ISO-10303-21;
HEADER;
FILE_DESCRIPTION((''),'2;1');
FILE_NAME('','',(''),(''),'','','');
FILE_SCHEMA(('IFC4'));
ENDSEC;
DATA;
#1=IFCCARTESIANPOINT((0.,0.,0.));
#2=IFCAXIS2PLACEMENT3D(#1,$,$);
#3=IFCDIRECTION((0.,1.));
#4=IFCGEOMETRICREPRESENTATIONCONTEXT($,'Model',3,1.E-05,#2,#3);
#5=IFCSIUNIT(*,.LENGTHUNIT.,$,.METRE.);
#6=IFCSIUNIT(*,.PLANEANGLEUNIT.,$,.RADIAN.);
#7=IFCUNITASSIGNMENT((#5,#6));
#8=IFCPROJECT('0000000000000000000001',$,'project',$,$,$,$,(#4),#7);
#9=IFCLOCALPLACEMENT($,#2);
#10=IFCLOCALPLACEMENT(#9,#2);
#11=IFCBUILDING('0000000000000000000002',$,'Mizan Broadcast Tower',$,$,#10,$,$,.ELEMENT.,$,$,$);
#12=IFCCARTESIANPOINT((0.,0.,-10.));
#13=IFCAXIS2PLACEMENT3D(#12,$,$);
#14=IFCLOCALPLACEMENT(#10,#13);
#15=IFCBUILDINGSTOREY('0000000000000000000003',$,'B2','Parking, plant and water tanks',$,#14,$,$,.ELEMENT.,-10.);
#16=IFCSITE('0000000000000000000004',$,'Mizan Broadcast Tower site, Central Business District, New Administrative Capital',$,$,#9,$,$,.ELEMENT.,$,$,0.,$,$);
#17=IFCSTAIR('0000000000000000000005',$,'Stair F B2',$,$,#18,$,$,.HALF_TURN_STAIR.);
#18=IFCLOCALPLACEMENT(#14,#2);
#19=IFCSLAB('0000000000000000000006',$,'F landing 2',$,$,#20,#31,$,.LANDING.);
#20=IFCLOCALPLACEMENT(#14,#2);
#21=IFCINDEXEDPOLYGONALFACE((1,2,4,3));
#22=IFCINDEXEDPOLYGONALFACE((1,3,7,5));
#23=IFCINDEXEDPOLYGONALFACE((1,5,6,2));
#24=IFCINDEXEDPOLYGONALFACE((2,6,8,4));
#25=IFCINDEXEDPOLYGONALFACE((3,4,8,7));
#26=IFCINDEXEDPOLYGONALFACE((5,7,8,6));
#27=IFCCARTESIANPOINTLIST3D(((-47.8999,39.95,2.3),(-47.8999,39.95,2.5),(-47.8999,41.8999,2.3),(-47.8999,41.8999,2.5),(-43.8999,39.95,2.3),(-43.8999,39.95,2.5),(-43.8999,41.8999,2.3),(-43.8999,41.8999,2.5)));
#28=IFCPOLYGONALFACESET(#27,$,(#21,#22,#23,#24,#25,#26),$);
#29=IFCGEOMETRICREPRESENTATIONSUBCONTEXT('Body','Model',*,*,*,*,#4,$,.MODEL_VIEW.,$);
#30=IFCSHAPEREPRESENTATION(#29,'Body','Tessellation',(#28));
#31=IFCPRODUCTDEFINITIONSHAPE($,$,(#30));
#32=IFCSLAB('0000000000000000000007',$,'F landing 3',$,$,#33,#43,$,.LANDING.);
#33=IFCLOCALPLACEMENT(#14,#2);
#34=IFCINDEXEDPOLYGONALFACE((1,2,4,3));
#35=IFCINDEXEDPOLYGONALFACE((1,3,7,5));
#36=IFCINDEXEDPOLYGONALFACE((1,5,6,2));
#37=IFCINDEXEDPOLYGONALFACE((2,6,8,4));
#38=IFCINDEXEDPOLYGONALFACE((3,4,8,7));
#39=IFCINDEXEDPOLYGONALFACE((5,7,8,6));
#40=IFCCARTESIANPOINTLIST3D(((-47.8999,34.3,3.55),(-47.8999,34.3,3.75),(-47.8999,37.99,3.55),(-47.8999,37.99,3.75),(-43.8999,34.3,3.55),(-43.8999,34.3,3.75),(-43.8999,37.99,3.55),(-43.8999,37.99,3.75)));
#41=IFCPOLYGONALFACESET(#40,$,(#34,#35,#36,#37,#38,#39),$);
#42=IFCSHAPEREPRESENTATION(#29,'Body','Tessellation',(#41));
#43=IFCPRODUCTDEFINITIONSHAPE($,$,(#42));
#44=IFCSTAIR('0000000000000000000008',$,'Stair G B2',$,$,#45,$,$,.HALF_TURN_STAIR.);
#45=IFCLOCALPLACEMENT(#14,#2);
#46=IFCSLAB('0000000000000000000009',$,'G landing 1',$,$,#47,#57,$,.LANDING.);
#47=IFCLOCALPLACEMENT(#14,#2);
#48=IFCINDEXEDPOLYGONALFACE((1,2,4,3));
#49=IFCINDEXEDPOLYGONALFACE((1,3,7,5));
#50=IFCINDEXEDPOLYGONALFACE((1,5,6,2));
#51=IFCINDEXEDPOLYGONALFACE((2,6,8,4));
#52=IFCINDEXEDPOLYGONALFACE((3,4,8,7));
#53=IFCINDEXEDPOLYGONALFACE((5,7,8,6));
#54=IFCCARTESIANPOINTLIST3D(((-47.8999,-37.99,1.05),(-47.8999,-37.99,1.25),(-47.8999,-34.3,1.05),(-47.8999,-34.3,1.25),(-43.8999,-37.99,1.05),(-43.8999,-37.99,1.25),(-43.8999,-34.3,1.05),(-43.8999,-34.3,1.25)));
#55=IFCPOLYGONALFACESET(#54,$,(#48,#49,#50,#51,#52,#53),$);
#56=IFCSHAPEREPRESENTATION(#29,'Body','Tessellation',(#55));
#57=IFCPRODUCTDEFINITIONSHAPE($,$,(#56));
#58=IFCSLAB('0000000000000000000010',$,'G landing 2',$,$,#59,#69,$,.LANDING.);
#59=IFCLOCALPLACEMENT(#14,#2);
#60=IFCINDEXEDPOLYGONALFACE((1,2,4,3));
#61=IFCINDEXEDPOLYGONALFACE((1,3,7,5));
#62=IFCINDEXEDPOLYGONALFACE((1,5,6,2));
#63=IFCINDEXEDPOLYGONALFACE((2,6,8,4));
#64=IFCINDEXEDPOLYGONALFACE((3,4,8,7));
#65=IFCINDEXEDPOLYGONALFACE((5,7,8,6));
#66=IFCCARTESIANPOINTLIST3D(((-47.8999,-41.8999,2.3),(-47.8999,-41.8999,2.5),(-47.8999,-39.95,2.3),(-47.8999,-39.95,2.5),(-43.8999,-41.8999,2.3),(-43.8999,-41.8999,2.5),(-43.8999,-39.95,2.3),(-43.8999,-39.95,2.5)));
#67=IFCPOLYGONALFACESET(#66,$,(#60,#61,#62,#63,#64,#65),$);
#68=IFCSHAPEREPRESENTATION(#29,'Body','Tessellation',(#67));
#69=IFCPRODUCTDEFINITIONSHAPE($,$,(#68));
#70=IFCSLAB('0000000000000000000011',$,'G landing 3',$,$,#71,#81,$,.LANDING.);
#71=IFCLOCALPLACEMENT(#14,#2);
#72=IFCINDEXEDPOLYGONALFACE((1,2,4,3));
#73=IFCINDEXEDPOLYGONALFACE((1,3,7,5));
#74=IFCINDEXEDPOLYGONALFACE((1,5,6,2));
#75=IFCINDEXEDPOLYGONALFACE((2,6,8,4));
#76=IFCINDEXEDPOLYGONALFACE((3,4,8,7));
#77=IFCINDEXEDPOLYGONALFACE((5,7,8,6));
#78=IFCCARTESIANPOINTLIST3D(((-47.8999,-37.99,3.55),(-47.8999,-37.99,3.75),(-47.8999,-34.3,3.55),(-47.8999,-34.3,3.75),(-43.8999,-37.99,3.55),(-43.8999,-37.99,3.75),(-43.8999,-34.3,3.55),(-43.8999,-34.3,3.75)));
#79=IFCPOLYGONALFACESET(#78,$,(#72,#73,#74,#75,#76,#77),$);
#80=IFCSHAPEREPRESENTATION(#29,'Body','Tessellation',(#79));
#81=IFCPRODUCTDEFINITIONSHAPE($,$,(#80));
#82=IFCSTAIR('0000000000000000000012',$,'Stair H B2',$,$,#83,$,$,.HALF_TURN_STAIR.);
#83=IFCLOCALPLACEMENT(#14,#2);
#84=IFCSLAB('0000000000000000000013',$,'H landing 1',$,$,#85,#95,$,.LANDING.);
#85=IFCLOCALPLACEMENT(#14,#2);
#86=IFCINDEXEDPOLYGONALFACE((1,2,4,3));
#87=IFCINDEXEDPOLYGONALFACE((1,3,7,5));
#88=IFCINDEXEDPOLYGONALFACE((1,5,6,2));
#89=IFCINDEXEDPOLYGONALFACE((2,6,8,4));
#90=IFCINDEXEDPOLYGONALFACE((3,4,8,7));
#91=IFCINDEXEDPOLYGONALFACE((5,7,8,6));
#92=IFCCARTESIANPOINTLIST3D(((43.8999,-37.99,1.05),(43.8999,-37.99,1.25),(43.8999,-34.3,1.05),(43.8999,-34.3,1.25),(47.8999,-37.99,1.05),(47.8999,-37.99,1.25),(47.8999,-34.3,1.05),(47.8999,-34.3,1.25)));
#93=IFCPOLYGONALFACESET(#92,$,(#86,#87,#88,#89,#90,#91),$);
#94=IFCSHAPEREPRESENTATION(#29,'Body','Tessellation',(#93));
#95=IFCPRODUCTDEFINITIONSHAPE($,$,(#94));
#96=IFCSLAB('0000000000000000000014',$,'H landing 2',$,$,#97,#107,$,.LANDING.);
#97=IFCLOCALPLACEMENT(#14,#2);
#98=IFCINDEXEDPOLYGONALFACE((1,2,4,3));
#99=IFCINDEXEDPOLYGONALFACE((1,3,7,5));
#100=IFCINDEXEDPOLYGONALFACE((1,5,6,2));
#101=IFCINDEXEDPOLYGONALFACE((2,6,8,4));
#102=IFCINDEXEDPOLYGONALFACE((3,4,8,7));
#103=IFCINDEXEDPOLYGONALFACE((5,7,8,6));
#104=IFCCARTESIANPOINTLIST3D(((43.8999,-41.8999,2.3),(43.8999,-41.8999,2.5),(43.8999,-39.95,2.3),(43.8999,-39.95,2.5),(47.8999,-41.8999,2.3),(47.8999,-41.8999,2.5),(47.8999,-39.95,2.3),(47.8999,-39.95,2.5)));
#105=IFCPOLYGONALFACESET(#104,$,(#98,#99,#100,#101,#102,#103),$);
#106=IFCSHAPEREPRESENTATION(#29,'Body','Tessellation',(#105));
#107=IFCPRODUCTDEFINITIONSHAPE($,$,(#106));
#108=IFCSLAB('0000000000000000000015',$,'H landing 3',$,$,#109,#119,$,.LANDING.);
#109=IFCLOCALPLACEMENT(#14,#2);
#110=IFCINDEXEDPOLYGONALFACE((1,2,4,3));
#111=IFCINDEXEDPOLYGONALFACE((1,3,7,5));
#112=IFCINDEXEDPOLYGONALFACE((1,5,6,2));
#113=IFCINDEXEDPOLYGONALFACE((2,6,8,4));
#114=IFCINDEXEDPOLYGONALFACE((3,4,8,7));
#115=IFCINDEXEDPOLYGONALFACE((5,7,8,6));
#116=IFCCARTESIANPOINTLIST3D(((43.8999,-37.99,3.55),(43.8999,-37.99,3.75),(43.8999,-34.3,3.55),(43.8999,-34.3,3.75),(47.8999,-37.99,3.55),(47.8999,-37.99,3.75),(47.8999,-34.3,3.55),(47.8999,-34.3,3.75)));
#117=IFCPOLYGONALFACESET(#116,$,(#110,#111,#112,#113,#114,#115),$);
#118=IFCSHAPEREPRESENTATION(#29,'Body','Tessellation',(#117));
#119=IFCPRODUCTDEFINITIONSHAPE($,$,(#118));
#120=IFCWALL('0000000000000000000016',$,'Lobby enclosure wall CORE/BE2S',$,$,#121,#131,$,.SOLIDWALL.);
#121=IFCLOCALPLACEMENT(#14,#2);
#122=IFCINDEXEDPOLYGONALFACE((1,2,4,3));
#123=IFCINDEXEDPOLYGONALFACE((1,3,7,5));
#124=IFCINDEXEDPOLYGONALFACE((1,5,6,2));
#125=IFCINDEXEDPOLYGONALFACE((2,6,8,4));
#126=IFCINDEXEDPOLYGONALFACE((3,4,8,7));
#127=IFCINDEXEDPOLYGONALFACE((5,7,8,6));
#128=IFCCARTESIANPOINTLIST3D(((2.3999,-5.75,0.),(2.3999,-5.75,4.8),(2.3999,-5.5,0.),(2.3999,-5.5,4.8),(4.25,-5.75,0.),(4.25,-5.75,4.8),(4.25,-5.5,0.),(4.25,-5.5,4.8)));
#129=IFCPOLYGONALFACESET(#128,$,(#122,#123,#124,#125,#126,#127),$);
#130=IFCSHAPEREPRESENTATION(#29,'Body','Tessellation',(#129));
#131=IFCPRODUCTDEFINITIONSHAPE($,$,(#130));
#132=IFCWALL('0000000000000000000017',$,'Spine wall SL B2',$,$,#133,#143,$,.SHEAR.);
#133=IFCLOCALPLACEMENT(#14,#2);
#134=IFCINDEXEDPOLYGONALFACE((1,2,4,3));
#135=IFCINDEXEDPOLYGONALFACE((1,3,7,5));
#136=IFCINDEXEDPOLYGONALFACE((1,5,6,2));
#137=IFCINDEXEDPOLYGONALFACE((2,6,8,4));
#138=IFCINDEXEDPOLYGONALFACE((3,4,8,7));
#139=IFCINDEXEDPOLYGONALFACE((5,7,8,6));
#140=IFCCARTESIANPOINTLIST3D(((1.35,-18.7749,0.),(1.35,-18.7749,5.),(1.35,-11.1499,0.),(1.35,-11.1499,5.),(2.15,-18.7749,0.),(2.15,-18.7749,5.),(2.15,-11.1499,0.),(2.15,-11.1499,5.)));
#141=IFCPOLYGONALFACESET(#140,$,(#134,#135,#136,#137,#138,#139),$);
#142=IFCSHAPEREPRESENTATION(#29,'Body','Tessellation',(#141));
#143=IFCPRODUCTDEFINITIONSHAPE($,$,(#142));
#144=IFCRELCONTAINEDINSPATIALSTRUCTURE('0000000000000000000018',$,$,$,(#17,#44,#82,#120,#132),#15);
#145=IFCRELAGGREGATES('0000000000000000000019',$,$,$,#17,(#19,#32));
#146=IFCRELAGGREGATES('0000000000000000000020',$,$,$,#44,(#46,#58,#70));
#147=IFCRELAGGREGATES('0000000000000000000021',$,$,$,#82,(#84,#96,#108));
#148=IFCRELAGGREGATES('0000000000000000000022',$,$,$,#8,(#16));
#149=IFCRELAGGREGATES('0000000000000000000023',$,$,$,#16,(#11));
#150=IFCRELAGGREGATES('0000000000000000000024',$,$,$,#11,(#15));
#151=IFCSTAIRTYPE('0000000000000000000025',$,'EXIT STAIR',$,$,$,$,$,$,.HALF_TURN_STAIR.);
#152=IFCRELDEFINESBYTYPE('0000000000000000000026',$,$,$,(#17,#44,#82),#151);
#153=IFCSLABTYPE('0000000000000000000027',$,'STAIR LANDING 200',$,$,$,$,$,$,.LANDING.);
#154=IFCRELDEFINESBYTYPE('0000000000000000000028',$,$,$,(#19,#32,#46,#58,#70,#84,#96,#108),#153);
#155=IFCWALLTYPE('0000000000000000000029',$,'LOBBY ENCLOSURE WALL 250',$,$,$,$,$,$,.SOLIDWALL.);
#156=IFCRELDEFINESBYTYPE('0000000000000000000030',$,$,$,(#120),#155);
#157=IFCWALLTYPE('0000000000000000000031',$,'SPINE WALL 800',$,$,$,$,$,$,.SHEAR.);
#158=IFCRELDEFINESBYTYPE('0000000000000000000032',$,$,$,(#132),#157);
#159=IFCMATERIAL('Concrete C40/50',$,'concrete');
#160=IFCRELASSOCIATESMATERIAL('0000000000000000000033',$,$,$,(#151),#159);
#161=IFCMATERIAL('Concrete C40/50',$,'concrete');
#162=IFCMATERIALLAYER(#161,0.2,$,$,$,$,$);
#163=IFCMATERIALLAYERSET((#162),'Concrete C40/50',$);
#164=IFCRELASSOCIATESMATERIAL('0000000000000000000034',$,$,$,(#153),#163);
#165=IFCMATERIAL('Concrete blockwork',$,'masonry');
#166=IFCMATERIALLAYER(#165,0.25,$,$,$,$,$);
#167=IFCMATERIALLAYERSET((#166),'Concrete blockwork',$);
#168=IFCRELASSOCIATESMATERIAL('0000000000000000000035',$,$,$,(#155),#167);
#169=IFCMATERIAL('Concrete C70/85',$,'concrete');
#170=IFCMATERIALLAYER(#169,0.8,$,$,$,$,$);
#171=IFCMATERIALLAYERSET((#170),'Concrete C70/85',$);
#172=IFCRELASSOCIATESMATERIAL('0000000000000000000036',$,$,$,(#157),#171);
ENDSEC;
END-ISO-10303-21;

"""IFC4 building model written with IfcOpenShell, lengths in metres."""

from ifc_helpers import new_model, si_unit, direction, frame, frame_2d, origin, place, context, subcontext, project, spatial, polyline, rectangle, outline, extrude, material, layer, layer_set, type_object, element, aggregate, save


model = new_model("IFC4")

# Units and contexts
model_context = context("Model", 3, precision=1e-05, world=origin(), true_north=direction((0.0, 1.0)))
body_context = subcontext(model_context, "Body", "Model", "MODEL_VIEW")
ifc_project = project(units=[si_unit("LENGTHUNIT", "METRE"), si_unit("PLANEANGLEUNIT", "RADIAN")], contexts=[model_context])

# Site, building, storey
site_placement = place(None, origin())
site = spatial("IfcSite", under=ifc_project, at=site_placement, Name="Mizan Broadcast Tower site, Central Business District, New Administrative Capital", CompositionType="ELEMENT", RefElevation=0.0)
building_placement = place(site_placement, origin())
building = spatial("IfcBuilding", under=site, at=building_placement, Name="Mizan Broadcast Tower", CompositionType="ELEMENT")
storey_placement = place(building_placement, frame((0.0, 0.0, -10.0)))
storey = spatial("IfcBuildingStorey", under=building, at=storey_placement, Name="B2", Description="Parking, plant and water tanks", CompositionType="ELEMENT", Elevation=-10.0)

# Stairs, slabs
ifc_material_1 = material(Name="Concrete C40/50", Category="concrete")
stair_type = type_object("IfcStairType", Name="EXIT STAIR", PredefinedType="HALF_TURN_STAIR", material=ifc_material_1)
ifc_material_2 = material(Name="Concrete C40/50", Category="concrete")
ifc_layer_1 = layer(ifc_material_2, 0.2)
ifc_layer_set_1 = layer_set([ifc_layer_1], Name="Concrete C40/50")
slab_type_1 = type_object("IfcSlabType", Name="STAIR LANDING 200", PredefinedType="LANDING", material=ifc_layer_set_1)
stair_1_placement = place(storey_placement, origin())
stair_1 = element("IfcStair", 1, at=stair_1_placement, inside=storey, type_object=stair_type, Name="Stair F B2", PredefinedType="HALF_TURN_STAIR")
slab_1_placement = place(storey_placement, frame((0.0, 0.0, 2.3)))
slab_1 = element("IfcSlab", 2, at=slab_1_placement, type_object=slab_type_1, Name="F landing 2", PredefinedType="LANDING", context=body_context, shape_type="SweptSolid", body=[
    extrude(outline(polyline([(-43.8999, 41.8999), (-43.8999, 39.95), (-47.8999, 39.95), (-47.8999, 41.8999), (-43.8999, 41.8999)])), origin(), (0.0, 0.0, 1.0), 0.2),
])
slab_2_placement = place(storey_placement, frame((0.0, 0.0, 3.55)))
slab_2 = element("IfcSlab", 3, at=slab_2_placement, type_object=slab_type_1, Name="F landing 3", PredefinedType="LANDING", context=body_context, shape_type="SweptSolid", body=[
    extrude(outline(polyline([(-43.8999, 37.99), (-43.8999, 34.3), (-47.8999, 34.3), (-47.8999, 37.99), (-43.8999, 37.99)])), origin(), (0.0, 0.0, 1.0), 0.2),
])
aggregate(stair_1, [slab_1, slab_2])
stair_2_placement = place(storey_placement, origin())
stair_2 = element("IfcStair", 4, at=stair_2_placement, inside=storey, type_object=stair_type, Name="Stair G B2", PredefinedType="HALF_TURN_STAIR")
slab_3_placement = place(storey_placement, frame((0.0, 0.0, 1.05)))
slab_3 = element("IfcSlab", 5, at=slab_3_placement, type_object=slab_type_1, Name="G landing 1", PredefinedType="LANDING", context=body_context, shape_type="SweptSolid", body=[
    extrude(outline(polyline([(-43.8999, -37.99), (-43.8999, -34.3), (-47.8999, -34.3), (-47.8999, -37.99), (-43.8999, -37.99)])), origin(), (0.0, 0.0, 1.0), 0.2),
])
slab_4_placement = place(storey_placement, frame((0.0, 0.0, 2.3)))
slab_4 = element("IfcSlab", 6, at=slab_4_placement, type_object=slab_type_1, Name="G landing 2", PredefinedType="LANDING", context=body_context, shape_type="SweptSolid", body=[
    extrude(outline(polyline([(-43.8999, -41.8999), (-43.8999, -39.95), (-47.8999, -39.95), (-47.8999, -41.8999), (-43.8999, -41.8999)])), origin(), (0.0, 0.0, 1.0), 0.2),
])
slab_5_placement = place(storey_placement, frame((0.0, 0.0, 3.55)))
slab_5 = element("IfcSlab", 7, at=slab_5_placement, type_object=slab_type_1, Name="G landing 3", PredefinedType="LANDING", context=body_context, shape_type="SweptSolid", body=[
    extrude(outline(polyline([(-43.8999, -37.99), (-43.8999, -34.3), (-47.8999, -34.3), (-47.8999, -37.99), (-43.8999, -37.99)])), origin(), (0.0, 0.0, 1.0), 0.2),
])
aggregate(stair_2, [slab_3, slab_4, slab_5])
stair_3_placement = place(storey_placement, origin())
stair_3 = element("IfcStair", 8, at=stair_3_placement, inside=storey, type_object=stair_type, Name="Stair H B2", PredefinedType="HALF_TURN_STAIR")
slab_6_placement = place(storey_placement, frame((0.0, 0.0, 1.05)))
slab_6 = element("IfcSlab", 9, at=slab_6_placement, type_object=slab_type_1, Name="H landing 1", PredefinedType="LANDING", context=body_context, shape_type="SweptSolid", body=[
    extrude(outline(polyline([(43.8999, -37.99), (43.8999, -34.3), (47.8999, -34.3), (47.8999, -37.99), (43.8999, -37.99)])), origin(), (0.0, 0.0, 1.0), 0.2),
])
slab_7_placement = place(storey_placement, frame((0.0, 0.0, 2.3)))
slab_7 = element("IfcSlab", 10, at=slab_7_placement, type_object=slab_type_1, Name="H landing 2", PredefinedType="LANDING", context=body_context, shape_type="SweptSolid", body=[
    extrude(outline(polyline([(43.8999, -41.8999), (43.8999, -39.95), (47.8999, -39.95), (47.8999, -41.8999), (43.8999, -41.8999)])), origin(), (0.0, 0.0, 1.0), 0.2),
])
slab_8_placement = place(storey_placement, frame((0.0, 0.0, 3.55)))
slab_8 = element("IfcSlab", 11, at=slab_8_placement, type_object=slab_type_1, Name="H landing 3", PredefinedType="LANDING", context=body_context, shape_type="SweptSolid", body=[
    extrude(outline(polyline([(43.8999, -37.99), (43.8999, -34.3), (47.8999, -34.3), (47.8999, -37.99), (43.8999, -37.99)])), origin(), (0.0, 0.0, 1.0), 0.2),
])
aggregate(stair_3, [slab_6, slab_7, slab_8])

# Walls
ifc_material_3 = material(Name="Concrete blockwork", Category="masonry")
ifc_layer_2 = layer(ifc_material_3, 0.25)
ifc_layer_set_2 = layer_set([ifc_layer_2], Name="Concrete blockwork")
wall_type_1 = type_object("IfcWallType", Name="LOBBY ENCLOSURE WALL 250", PredefinedType="SOLIDWALL", material=ifc_layer_set_2)
wall_1_placement = place(storey_placement, frame((2.3999, -5.625, 0.0), z_axis=(0.0, 0.0, 1.0), x_axis=(1.0, 0.0, 0.0)))
element("IfcWall", 12, at=wall_1_placement, inside=storey, type_object=wall_type_1, Name="Lobby enclosure wall CORE/BE2S", PredefinedType="SOLIDWALL", context=body_context, shape_type="SweptSolid", body=[
    extrude(rectangle(XDim=1.8501, YDim=0.25, at=frame_2d((0.925, 0.0))), origin(), (0.0, 0.0, 1.0), 4.8),
])
ifc_material_4 = material(Name="Concrete C70/85", Category="concrete")
ifc_layer_3 = layer(ifc_material_4, 0.8)
ifc_layer_set_3 = layer_set([ifc_layer_3], Name="Concrete C70/85")
wall_type_2 = type_object("IfcWallType", Name="SPINE WALL 800", PredefinedType="SHEAR", material=ifc_layer_set_3)
wall_2_placement = place(storey_placement, frame((1.75, -11.1499, 0.0), z_axis=(0.0, 0.0, 1.0), x_axis=(0.0, -1.0, 0.0)))
element("IfcWall", 13, at=wall_2_placement, inside=storey, type_object=wall_type_2, Name="Spine wall SL B2", PredefinedType="SHEAR", context=body_context, shape_type="SweptSolid", body=[
    extrude(rectangle(XDim=7.625, YDim=0.8, at=frame_2d((3.8125, 0.0))), origin(), (0.0, 0.0, 1.0), 5.0),
])

save(model, "model.ifc")
